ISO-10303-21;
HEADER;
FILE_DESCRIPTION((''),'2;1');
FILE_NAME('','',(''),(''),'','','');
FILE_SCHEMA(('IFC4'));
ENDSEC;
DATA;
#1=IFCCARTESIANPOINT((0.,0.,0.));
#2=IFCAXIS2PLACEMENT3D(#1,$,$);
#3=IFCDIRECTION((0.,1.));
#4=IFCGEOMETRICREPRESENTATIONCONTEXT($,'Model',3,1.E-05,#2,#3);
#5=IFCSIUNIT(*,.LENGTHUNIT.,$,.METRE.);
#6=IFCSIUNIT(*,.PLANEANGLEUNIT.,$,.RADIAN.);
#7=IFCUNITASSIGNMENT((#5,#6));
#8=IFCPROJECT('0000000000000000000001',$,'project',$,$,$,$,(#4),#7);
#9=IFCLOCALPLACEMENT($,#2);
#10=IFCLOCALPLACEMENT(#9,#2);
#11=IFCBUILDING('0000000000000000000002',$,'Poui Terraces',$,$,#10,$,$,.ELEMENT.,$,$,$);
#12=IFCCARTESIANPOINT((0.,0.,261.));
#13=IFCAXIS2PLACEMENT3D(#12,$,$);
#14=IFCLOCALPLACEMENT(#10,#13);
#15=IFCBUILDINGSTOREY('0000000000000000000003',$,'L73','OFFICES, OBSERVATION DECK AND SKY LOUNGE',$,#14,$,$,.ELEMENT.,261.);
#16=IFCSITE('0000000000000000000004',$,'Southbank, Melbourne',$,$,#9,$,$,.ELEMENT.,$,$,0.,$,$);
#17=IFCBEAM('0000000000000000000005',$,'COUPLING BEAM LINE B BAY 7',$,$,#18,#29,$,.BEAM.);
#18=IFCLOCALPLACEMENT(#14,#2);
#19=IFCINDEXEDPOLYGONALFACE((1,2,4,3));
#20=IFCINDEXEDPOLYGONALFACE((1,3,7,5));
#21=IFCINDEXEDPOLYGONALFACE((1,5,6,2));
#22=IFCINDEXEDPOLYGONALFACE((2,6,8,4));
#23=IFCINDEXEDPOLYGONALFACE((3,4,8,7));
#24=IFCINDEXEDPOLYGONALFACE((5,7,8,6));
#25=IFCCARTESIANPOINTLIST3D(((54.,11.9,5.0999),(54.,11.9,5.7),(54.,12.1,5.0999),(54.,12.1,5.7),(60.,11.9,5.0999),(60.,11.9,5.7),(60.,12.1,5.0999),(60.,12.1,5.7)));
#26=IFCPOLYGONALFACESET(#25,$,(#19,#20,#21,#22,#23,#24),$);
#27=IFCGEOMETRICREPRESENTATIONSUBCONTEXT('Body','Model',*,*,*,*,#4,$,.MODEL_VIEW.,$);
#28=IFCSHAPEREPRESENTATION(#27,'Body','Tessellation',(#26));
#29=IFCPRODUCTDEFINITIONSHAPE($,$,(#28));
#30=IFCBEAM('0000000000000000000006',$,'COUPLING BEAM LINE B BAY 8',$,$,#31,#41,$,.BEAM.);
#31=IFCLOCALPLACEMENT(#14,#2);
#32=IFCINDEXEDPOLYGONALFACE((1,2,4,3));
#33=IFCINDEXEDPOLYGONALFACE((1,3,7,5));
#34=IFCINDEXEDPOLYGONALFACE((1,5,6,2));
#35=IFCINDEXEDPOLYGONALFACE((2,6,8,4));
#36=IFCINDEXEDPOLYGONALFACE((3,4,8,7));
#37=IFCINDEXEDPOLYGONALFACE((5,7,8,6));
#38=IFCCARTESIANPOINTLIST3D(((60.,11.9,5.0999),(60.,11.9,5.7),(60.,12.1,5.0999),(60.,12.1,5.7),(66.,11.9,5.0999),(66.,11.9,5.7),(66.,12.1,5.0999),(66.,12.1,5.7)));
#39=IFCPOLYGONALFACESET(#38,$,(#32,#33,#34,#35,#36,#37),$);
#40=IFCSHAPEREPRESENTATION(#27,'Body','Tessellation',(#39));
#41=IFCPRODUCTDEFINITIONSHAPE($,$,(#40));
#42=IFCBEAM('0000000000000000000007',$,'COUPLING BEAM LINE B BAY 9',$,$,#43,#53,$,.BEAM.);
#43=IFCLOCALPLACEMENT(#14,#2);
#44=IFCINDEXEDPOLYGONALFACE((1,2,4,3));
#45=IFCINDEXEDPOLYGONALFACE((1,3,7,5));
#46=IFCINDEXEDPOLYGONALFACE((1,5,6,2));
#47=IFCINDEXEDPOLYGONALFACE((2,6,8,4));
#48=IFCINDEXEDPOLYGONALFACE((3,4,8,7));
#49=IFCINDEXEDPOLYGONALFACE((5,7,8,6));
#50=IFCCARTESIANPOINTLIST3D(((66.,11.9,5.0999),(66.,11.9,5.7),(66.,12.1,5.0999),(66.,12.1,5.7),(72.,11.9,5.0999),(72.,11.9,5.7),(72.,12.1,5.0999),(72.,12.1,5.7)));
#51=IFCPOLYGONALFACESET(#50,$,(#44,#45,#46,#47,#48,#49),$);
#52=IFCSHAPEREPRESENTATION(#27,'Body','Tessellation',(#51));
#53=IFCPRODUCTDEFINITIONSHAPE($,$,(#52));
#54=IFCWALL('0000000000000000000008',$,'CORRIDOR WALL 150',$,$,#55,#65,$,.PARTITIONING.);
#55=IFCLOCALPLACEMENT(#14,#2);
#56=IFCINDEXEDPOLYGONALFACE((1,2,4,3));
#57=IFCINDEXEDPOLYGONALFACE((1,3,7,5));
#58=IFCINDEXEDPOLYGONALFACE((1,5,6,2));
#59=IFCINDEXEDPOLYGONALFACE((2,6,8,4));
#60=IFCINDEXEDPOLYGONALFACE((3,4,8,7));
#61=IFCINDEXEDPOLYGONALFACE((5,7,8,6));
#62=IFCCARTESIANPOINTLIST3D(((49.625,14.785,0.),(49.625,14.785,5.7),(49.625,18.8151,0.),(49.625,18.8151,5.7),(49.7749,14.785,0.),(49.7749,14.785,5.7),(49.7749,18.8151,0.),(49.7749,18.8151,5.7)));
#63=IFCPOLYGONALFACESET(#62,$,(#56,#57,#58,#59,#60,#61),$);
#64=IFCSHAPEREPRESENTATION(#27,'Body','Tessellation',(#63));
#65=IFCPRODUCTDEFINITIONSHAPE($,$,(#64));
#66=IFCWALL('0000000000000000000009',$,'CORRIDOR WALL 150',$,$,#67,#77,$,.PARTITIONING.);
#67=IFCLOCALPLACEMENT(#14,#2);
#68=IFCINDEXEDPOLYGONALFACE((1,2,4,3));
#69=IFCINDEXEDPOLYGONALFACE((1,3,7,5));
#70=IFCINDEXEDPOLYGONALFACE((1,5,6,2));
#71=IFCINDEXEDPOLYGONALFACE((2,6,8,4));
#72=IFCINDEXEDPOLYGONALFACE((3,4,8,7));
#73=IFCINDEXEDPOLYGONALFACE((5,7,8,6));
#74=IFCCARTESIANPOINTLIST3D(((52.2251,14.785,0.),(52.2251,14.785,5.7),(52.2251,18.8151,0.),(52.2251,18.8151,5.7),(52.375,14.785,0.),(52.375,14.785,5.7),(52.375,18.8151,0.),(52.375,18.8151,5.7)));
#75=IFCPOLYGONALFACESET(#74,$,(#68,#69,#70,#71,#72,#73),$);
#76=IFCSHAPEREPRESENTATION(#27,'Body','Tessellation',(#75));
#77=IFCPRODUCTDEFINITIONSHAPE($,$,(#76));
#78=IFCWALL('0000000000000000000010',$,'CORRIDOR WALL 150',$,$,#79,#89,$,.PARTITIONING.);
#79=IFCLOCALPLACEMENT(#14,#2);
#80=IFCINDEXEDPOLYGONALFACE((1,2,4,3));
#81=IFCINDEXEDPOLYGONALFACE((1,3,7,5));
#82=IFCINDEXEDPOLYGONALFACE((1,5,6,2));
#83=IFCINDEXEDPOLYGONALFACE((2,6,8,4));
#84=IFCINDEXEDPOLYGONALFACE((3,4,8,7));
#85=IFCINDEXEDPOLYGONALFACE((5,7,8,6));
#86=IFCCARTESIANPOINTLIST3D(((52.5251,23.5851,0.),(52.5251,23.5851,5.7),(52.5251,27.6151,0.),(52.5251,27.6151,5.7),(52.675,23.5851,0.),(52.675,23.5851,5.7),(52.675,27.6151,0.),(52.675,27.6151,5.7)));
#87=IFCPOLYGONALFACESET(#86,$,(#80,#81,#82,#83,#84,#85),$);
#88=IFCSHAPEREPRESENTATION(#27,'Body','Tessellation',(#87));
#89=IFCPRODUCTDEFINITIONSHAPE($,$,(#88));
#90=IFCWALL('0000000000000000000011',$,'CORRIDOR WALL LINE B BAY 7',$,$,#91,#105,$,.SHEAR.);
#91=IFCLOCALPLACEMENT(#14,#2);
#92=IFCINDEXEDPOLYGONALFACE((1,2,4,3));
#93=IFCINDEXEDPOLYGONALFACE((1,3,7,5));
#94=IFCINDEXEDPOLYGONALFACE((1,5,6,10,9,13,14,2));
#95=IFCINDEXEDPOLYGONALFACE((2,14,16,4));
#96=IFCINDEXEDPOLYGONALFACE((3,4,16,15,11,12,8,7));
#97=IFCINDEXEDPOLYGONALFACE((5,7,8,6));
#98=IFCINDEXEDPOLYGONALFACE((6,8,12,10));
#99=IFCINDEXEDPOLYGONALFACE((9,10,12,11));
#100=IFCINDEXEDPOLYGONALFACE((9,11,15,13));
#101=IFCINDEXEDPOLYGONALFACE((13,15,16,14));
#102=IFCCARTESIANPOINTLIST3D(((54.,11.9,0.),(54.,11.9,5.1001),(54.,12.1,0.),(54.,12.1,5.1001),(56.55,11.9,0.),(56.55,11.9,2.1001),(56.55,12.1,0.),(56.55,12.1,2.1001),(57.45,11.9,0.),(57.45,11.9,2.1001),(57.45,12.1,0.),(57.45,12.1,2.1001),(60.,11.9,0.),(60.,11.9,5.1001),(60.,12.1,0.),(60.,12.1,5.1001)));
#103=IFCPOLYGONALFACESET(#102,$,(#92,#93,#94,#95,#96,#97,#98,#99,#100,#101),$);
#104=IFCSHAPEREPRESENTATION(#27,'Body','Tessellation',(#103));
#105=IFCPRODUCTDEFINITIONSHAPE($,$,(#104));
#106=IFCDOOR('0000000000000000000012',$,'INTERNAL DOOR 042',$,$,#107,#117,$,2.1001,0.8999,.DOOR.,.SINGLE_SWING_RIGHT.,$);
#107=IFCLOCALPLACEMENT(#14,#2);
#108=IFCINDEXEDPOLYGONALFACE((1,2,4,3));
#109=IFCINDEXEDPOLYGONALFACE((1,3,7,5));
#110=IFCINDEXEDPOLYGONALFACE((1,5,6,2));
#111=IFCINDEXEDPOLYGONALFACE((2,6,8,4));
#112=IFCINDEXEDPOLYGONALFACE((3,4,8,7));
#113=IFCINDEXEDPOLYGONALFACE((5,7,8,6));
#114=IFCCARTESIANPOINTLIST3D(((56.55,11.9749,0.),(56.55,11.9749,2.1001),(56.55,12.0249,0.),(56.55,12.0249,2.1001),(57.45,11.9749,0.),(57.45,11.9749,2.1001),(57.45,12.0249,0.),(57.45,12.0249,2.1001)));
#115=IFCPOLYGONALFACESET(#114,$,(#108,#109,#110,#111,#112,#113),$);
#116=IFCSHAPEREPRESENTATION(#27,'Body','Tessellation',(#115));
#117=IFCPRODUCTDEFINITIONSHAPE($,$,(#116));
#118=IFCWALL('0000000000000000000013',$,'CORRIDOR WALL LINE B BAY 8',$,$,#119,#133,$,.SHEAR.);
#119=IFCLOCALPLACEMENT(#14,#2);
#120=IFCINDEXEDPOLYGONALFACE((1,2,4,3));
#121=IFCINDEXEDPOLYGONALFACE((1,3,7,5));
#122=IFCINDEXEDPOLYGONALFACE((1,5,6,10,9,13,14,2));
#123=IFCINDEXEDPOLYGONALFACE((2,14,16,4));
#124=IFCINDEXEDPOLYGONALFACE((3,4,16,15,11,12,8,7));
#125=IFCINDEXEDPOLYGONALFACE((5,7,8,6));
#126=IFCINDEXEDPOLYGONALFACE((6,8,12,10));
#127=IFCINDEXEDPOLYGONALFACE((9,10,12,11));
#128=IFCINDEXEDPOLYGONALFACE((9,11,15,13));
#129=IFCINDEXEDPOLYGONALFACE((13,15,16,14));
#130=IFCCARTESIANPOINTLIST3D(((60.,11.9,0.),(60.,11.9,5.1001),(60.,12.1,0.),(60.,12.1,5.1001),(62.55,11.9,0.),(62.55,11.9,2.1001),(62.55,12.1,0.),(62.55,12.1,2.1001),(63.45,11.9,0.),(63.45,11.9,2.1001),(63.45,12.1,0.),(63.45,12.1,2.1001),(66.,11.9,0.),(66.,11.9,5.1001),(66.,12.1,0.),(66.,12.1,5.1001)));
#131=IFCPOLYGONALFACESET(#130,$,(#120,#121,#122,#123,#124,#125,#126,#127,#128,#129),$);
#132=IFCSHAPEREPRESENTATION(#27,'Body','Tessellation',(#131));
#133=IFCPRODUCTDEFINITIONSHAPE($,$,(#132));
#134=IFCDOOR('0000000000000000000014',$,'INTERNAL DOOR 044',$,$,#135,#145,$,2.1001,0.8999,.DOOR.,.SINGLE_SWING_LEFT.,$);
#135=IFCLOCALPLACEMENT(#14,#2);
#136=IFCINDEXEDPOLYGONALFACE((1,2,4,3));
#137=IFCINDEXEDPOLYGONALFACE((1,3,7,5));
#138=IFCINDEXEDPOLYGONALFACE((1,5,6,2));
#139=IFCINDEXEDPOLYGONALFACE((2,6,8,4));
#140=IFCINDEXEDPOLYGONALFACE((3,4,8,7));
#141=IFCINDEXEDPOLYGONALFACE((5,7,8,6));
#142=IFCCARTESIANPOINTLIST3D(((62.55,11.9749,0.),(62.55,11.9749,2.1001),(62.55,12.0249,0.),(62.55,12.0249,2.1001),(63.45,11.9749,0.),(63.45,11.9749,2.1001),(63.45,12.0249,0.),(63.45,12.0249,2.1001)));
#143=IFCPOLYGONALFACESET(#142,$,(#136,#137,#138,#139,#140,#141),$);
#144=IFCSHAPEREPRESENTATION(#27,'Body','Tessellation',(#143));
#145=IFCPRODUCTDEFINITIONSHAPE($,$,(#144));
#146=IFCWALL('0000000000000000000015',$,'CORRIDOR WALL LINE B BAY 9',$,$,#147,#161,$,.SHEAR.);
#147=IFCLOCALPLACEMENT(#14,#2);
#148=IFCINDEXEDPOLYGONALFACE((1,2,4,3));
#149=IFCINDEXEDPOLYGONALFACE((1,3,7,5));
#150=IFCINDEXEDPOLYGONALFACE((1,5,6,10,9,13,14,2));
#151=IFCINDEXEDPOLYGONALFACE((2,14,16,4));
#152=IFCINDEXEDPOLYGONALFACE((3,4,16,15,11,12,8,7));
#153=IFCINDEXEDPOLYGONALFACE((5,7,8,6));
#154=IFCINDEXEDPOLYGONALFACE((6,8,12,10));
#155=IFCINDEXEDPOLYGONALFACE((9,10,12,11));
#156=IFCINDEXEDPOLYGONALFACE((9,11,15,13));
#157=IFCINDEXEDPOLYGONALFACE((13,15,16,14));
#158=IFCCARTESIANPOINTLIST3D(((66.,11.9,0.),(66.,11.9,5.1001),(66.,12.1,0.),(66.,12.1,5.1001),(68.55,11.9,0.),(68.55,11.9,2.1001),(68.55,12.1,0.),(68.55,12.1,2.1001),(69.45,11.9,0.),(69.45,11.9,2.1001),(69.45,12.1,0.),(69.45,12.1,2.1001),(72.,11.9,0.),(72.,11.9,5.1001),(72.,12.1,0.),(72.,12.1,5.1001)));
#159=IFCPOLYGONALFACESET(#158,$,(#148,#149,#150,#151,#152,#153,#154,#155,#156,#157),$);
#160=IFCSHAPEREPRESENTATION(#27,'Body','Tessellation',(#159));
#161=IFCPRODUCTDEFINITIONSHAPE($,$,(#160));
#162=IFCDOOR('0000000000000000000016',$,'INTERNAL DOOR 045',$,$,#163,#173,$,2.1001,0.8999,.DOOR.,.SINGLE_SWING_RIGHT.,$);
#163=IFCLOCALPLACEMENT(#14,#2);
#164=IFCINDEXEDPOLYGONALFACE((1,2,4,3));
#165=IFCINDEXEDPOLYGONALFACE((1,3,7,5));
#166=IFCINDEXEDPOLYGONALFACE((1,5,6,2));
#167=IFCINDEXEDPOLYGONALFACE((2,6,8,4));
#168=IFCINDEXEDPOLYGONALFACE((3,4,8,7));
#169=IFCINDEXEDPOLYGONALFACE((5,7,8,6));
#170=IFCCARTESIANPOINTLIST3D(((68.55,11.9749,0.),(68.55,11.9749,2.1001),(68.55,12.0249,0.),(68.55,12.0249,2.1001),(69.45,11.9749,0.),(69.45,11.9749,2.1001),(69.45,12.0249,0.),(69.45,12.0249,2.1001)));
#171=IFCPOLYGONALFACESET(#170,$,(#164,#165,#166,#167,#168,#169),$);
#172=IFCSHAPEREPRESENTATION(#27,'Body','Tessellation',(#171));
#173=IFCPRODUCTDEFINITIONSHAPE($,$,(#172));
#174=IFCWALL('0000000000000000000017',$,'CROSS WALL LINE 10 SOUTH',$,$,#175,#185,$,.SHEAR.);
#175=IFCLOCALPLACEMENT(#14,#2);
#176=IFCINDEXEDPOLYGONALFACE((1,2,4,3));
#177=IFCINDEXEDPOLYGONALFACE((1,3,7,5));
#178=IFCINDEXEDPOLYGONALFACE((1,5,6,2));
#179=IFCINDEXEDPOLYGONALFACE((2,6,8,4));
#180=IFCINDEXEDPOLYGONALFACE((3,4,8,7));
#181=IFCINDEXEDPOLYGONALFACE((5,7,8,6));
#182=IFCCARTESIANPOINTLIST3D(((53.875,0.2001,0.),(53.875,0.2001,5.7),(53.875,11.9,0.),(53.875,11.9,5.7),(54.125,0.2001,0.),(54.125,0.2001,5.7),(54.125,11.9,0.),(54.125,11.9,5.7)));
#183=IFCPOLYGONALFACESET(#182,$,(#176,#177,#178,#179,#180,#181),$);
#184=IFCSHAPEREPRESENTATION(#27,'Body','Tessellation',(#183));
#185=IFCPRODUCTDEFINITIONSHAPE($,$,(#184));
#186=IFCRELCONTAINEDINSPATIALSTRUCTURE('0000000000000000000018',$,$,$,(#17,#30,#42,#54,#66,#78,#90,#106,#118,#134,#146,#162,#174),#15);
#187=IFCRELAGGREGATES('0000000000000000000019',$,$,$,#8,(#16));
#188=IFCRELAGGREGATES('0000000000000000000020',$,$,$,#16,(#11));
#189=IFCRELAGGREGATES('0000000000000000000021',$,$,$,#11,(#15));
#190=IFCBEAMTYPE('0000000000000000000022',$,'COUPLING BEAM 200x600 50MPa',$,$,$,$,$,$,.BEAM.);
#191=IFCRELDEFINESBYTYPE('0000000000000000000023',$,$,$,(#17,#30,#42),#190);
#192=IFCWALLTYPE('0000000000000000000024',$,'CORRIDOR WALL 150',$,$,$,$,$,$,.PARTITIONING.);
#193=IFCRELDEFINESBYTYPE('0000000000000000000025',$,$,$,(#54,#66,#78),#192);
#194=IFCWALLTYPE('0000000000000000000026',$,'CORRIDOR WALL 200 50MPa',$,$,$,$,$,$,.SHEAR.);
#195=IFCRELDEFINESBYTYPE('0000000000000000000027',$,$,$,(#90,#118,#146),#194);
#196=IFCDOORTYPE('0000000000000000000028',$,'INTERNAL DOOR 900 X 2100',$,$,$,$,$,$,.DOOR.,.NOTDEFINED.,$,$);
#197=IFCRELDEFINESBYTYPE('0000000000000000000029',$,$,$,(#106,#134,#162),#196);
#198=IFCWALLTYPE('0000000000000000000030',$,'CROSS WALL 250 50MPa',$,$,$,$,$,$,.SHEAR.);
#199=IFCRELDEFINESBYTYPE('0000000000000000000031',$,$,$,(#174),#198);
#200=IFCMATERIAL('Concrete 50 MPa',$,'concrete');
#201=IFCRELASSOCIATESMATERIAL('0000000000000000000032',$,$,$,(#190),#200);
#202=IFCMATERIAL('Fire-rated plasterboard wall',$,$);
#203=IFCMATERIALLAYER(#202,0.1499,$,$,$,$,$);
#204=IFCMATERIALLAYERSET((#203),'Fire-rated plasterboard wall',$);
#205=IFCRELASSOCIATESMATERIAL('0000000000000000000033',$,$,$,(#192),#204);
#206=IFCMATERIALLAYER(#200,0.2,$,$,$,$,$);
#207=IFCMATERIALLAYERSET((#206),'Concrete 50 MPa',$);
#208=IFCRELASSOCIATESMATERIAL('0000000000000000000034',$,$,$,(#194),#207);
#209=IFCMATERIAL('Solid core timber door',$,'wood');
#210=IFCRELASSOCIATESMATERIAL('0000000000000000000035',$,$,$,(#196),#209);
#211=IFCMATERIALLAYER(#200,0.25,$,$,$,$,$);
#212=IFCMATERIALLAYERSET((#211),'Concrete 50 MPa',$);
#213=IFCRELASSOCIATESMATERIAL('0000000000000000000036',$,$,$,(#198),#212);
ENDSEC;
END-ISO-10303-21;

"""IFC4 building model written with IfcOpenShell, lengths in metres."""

from ifc_helpers import new_model, si_unit, direction, frame, frame_2d, origin, origin_2d, place, context, subcontext, project, spatial, rectangle, extrude, source, transform, mapped, material, layer, layer_set, material_profile, profile_set, type_object, element, fill, save


model = new_model("IFC4")

# Units and contexts
model_context = context("Model", 3, precision=1e-05, world=origin(), true_north=direction((0.0, 1.0)))
body_context = subcontext(model_context, "Body", "Model", "MODEL_VIEW")
ifc_project = project(units=[si_unit("LENGTHUNIT", "METRE"), si_unit("PLANEANGLEUNIT", "RADIAN")], contexts=[model_context])

# Site, building, storey
site_placement = place(None, origin())
site = spatial("IfcSite", under=ifc_project, at=site_placement, Name="Southbank, Melbourne", CompositionType="ELEMENT", RefElevation=0.0)
building_placement = place(site_placement, origin())
building = spatial("IfcBuilding", under=site, at=building_placement, Name="Poui Terraces", CompositionType="ELEMENT")
storey_placement = place(building_placement, frame((0.0, 0.0, 261.0)))
storey = spatial("IfcBuildingStorey", under=building, at=storey_placement, Name="L73", Description="OFFICES, OBSERVATION DECK AND SKY LOUNGE", CompositionType="ELEMENT", Elevation=261.0)

# Beams
ifc_material_1 = material(Name="Concrete 50 MPa", Category="concrete")
ifc_material_profile = material_profile(ifc_material_1, rectangle(XDim=0.2, YDim=0.6001, at=origin_2d()), Name="RC 200x600")
ifc_profile_set = profile_set([ifc_material_profile], Name="Concrete 50 MPa")
beam_type = type_object("IfcBeamType", Name="COUPLING BEAM 200x600 50MPa", PredefinedType="BEAM", material=ifc_profile_set)
shared_shape = source(origin(), body_context, "Body", "SweptSolid", [
    extrude(rectangle(XDim=0.2, YDim=0.6001, at=origin_2d()), origin(), (0.0, 0.0, 1.0), 6.0),
])
for number, where, z_axis, x_axis, name in (
    (1, (54.0, 12.0, 5.3999), (1.0, 0.0, 0.0), (0.0, 1.0, 0.0), "COUPLING BEAM LINE B BAY 7"),
    (2, (60.0, 12.0, 5.3999), (1.0, 0.0, 0.0), (0.0, 1.0, 0.0), "COUPLING BEAM LINE B BAY 8"),
    (3, (66.0, 12.0, 5.3999), (1.0, 0.0, 0.0), (0.0, 1.0, 0.0), "COUPLING BEAM LINE B BAY 9"),
):
    element("IfcBeam", number, at=place(storey_placement, frame(where, z_axis=z_axis, x_axis=x_axis)), inside=storey, type_object=beam_type, Name=name, PredefinedType="BEAM", context=body_context, shape_type="MappedRepresentation", body=[
        mapped(shared_shape, transform((0.0, 0.0, 0.0))),
    ])

# Walls
ifc_material_2 = material(Name="Fire-rated plasterboard wall")
ifc_layer_1 = layer(ifc_material_2, 0.1499)
ifc_layer_set_1 = layer_set([ifc_layer_1], Name="Fire-rated plasterboard wall")
wall_type_1 = type_object("IfcWallType", Name="CORRIDOR WALL 150", PredefinedType="PARTITIONING", material=ifc_layer_set_1)
for number, where, z_axis, x_axis, name in (
    (4, (49.7, 14.7849, 0.0), (0.0, 0.0, 1.0), (0.0, 1.0, 0.0), "CORRIDOR WALL 150"),
    (5, (52.3, 14.7849, 0.0), (0.0, 0.0, 1.0), (0.0, 1.0, 0.0), "CORRIDOR WALL 150"),
    (6, (52.6001, 23.585, 0.0), (0.0, 0.0, 1.0), (0.0, 1.0, 0.0), "CORRIDOR WALL 150"),
):
    element("IfcWall", number, at=place(storey_placement, frame(where, z_axis=z_axis, x_axis=x_axis)), inside=storey, type_object=wall_type_1, Name=name, PredefinedType="PARTITIONING", context=body_context, shape_type="SweptSolid", body=[
        extrude(rectangle(XDim=4.03, YDim=0.1499, at=frame_2d((2.0151, 0.0))), origin(), (0.0, 0.0, 1.0), 5.7),
    ])

# Walls, openings, doors
ifc_layer_2 = layer(ifc_material_1, 0.2)
ifc_layer_set_2 = layer_set([ifc_layer_2], Name="Concrete 50 MPa")
wall_type_2 = type_object("IfcWallType", Name="CORRIDOR WALL 200 50MPa", PredefinedType="SHEAR", material=ifc_layer_set_2)
wall_1_placement = place(storey_placement, frame((54.0, 12.0, 0.0), z_axis=(0.0, 0.0, 1.0), x_axis=(1.0, 0.0, 0.0)))
wall_1 = element("IfcWall", 7, at=wall_1_placement, inside=storey, type_object=wall_type_2, Name="CORRIDOR WALL LINE B BAY 7", PredefinedType="SHEAR", context=body_context, shape_type="SweptSolid", body=[
    extrude(rectangle(XDim=6.0, YDim=0.2, at=frame_2d((3.0, 0.0))), origin(), (0.0, 0.0, 1.0), 5.1001),
])
opening_1_placement = place(wall_1_placement, frame((2.55, 0.0, 0.0)))
opening_1 = element("IfcOpeningElement", 8, at=opening_1_placement, cuts=wall_1, PredefinedType="OPENING", context=body_context, shape_type="SweptSolid", body=[
    extrude(rectangle(XDim=0.8999, YDim=2.1001, at=frame_2d((0.45, 1.05))), frame((0.0, 0.1099, 0.0), z_axis=(0.0, -1.0, 0.0), x_axis=(1.0, 0.0, 0.0)), (0.0, 0.0, 1.0), 0.22),
])
ifc_material_3 = material(Name="Solid core timber door", Category="wood")
door_type_1 = type_object("IfcDoorType", Name="INTERNAL DOOR 900 X 2100", OperationType="NOTDEFINED", PredefinedType="DOOR", material=ifc_material_3)
door_1_placement = place(opening_1_placement, origin())
door_1 = element("IfcDoor", 9, at=door_1_placement, inside=storey, type_object=door_type_1, Name="INTERNAL DOOR 042", OperationType="SINGLE_SWING_RIGHT", OverallHeight=2.1001, OverallWidth=0.8999, PredefinedType="DOOR", context=body_context, shape_type="SweptSolid", body=[
    extrude(rectangle(XDim=0.8999, YDim=2.1001, at=frame_2d((0.45, 1.05))), frame((0.0, 0.0249, 0.0), z_axis=(0.0, -1.0, 0.0), x_axis=(1.0, 0.0, 0.0)), (0.0, 0.0, 1.0), 0.05),
])
fill(opening_1, door_1)
wall_2_placement = place(storey_placement, frame((60.0, 12.0, 0.0), z_axis=(0.0, 0.0, 1.0), x_axis=(1.0, 0.0, 0.0)))
wall_2 = element("IfcWall", 10, at=wall_2_placement, inside=storey, type_object=wall_type_2, Name="CORRIDOR WALL LINE B BAY 8", PredefinedType="SHEAR", context=body_context, shape_type="SweptSolid", body=[
    extrude(rectangle(XDim=6.0, YDim=0.2, at=frame_2d((3.0, 0.0))), origin(), (0.0, 0.0, 1.0), 5.1001),
])
opening_2_placement = place(wall_2_placement, frame((2.55, 0.0, 0.0)))
opening_2 = element("IfcOpeningElement", 11, at=opening_2_placement, cuts=wall_2, PredefinedType="OPENING", context=body_context, shape_type="SweptSolid", body=[
    extrude(rectangle(XDim=0.8999, YDim=2.1001, at=frame_2d((0.45, 1.05))), frame((0.0, 0.1099, 0.0), z_axis=(0.0, -1.0, 0.0), x_axis=(1.0, 0.0, 0.0)), (0.0, 0.0, 1.0), 0.22),
])
door_2_placement = place(opening_2_placement, origin())
door_2 = element("IfcDoor", 12, at=door_2_placement, inside=storey, type_object=door_type_1, Name="INTERNAL DOOR 044", OperationType="SINGLE_SWING_LEFT", OverallHeight=2.1001, OverallWidth=0.8999, PredefinedType="DOOR", context=body_context, shape_type="SweptSolid", body=[
    extrude(rectangle(XDim=0.8999, YDim=2.1001, at=frame_2d((0.45, 1.05))), frame((0.0, 0.0249, 0.0), z_axis=(0.0, -1.0, 0.0), x_axis=(1.0, 0.0, 0.0)), (0.0, 0.0, 1.0), 0.05),
])
fill(opening_2, door_2)
wall_3_placement = place(storey_placement, frame((66.0, 12.0, 0.0), z_axis=(0.0, 0.0, 1.0), x_axis=(1.0, 0.0, 0.0)))
wall_3 = element("IfcWall", 13, at=wall_3_placement, inside=storey, type_object=wall_type_2, Name="CORRIDOR WALL LINE B BAY 9", PredefinedType="SHEAR", context=body_context, shape_type="SweptSolid", body=[
    extrude(rectangle(XDim=6.0, YDim=0.2, at=frame_2d((3.0, 0.0))), origin(), (0.0, 0.0, 1.0), 5.1001),
])
opening_3_placement = place(wall_3_placement, frame((2.55, 0.0, 0.0)))
opening_3 = element("IfcOpeningElement", 14, at=opening_3_placement, cuts=wall_3, PredefinedType="OPENING", context=body_context, shape_type="SweptSolid", body=[
    extrude(rectangle(XDim=0.8999, YDim=2.1001, at=frame_2d((0.45, 1.05))), frame((0.0, 0.1099, 0.0), z_axis=(0.0, -1.0, 0.0), x_axis=(1.0, 0.0, 0.0)), (0.0, 0.0, 1.0), 0.22),
])
door_3_placement = place(opening_3_placement, origin())
door_3 = element("IfcDoor", 15, at=door_3_placement, inside=storey, type_object=door_type_1, Name="INTERNAL DOOR 045", OperationType="SINGLE_SWING_RIGHT", OverallHeight=2.1001, OverallWidth=0.8999, PredefinedType="DOOR", context=body_context, shape_type="SweptSolid", body=[
    extrude(rectangle(XDim=0.8999, YDim=2.1001, at=frame_2d((0.45, 1.05))), frame((0.0, 0.0249, 0.0), z_axis=(0.0, -1.0, 0.0), x_axis=(1.0, 0.0, 0.0)), (0.0, 0.0, 1.0), 0.05),
])
fill(opening_3, door_3)

# Wall
ifc_layer_3 = layer(ifc_material_1, 0.25)
ifc_layer_set_3 = layer_set([ifc_layer_3], Name="Concrete 50 MPa")
wall_type_3 = type_object("IfcWallType", Name="CROSS WALL 250 50MPa", PredefinedType="SHEAR", material=ifc_layer_set_3)
for number, where, z_axis, x_axis, name in (
    (16, (54.0, 0.2, 0.0), (0.0, 0.0, 1.0), (0.0, 1.0, 0.0), "CROSS WALL LINE 10 SOUTH"),
):
    element("IfcWall", number, at=place(storey_placement, frame(where, z_axis=z_axis, x_axis=x_axis)), inside=storey, type_object=wall_type_3, Name=name, PredefinedType="SHEAR", context=body_context, shape_type="SweptSolid", body=[
        extrude(rectangle(XDim=11.7, YDim=0.25, at=frame_2d((5.8501, 0.0))), origin(), (0.0, 0.0, 1.0), 5.7),
    ])

save(model, "model.ifc")
